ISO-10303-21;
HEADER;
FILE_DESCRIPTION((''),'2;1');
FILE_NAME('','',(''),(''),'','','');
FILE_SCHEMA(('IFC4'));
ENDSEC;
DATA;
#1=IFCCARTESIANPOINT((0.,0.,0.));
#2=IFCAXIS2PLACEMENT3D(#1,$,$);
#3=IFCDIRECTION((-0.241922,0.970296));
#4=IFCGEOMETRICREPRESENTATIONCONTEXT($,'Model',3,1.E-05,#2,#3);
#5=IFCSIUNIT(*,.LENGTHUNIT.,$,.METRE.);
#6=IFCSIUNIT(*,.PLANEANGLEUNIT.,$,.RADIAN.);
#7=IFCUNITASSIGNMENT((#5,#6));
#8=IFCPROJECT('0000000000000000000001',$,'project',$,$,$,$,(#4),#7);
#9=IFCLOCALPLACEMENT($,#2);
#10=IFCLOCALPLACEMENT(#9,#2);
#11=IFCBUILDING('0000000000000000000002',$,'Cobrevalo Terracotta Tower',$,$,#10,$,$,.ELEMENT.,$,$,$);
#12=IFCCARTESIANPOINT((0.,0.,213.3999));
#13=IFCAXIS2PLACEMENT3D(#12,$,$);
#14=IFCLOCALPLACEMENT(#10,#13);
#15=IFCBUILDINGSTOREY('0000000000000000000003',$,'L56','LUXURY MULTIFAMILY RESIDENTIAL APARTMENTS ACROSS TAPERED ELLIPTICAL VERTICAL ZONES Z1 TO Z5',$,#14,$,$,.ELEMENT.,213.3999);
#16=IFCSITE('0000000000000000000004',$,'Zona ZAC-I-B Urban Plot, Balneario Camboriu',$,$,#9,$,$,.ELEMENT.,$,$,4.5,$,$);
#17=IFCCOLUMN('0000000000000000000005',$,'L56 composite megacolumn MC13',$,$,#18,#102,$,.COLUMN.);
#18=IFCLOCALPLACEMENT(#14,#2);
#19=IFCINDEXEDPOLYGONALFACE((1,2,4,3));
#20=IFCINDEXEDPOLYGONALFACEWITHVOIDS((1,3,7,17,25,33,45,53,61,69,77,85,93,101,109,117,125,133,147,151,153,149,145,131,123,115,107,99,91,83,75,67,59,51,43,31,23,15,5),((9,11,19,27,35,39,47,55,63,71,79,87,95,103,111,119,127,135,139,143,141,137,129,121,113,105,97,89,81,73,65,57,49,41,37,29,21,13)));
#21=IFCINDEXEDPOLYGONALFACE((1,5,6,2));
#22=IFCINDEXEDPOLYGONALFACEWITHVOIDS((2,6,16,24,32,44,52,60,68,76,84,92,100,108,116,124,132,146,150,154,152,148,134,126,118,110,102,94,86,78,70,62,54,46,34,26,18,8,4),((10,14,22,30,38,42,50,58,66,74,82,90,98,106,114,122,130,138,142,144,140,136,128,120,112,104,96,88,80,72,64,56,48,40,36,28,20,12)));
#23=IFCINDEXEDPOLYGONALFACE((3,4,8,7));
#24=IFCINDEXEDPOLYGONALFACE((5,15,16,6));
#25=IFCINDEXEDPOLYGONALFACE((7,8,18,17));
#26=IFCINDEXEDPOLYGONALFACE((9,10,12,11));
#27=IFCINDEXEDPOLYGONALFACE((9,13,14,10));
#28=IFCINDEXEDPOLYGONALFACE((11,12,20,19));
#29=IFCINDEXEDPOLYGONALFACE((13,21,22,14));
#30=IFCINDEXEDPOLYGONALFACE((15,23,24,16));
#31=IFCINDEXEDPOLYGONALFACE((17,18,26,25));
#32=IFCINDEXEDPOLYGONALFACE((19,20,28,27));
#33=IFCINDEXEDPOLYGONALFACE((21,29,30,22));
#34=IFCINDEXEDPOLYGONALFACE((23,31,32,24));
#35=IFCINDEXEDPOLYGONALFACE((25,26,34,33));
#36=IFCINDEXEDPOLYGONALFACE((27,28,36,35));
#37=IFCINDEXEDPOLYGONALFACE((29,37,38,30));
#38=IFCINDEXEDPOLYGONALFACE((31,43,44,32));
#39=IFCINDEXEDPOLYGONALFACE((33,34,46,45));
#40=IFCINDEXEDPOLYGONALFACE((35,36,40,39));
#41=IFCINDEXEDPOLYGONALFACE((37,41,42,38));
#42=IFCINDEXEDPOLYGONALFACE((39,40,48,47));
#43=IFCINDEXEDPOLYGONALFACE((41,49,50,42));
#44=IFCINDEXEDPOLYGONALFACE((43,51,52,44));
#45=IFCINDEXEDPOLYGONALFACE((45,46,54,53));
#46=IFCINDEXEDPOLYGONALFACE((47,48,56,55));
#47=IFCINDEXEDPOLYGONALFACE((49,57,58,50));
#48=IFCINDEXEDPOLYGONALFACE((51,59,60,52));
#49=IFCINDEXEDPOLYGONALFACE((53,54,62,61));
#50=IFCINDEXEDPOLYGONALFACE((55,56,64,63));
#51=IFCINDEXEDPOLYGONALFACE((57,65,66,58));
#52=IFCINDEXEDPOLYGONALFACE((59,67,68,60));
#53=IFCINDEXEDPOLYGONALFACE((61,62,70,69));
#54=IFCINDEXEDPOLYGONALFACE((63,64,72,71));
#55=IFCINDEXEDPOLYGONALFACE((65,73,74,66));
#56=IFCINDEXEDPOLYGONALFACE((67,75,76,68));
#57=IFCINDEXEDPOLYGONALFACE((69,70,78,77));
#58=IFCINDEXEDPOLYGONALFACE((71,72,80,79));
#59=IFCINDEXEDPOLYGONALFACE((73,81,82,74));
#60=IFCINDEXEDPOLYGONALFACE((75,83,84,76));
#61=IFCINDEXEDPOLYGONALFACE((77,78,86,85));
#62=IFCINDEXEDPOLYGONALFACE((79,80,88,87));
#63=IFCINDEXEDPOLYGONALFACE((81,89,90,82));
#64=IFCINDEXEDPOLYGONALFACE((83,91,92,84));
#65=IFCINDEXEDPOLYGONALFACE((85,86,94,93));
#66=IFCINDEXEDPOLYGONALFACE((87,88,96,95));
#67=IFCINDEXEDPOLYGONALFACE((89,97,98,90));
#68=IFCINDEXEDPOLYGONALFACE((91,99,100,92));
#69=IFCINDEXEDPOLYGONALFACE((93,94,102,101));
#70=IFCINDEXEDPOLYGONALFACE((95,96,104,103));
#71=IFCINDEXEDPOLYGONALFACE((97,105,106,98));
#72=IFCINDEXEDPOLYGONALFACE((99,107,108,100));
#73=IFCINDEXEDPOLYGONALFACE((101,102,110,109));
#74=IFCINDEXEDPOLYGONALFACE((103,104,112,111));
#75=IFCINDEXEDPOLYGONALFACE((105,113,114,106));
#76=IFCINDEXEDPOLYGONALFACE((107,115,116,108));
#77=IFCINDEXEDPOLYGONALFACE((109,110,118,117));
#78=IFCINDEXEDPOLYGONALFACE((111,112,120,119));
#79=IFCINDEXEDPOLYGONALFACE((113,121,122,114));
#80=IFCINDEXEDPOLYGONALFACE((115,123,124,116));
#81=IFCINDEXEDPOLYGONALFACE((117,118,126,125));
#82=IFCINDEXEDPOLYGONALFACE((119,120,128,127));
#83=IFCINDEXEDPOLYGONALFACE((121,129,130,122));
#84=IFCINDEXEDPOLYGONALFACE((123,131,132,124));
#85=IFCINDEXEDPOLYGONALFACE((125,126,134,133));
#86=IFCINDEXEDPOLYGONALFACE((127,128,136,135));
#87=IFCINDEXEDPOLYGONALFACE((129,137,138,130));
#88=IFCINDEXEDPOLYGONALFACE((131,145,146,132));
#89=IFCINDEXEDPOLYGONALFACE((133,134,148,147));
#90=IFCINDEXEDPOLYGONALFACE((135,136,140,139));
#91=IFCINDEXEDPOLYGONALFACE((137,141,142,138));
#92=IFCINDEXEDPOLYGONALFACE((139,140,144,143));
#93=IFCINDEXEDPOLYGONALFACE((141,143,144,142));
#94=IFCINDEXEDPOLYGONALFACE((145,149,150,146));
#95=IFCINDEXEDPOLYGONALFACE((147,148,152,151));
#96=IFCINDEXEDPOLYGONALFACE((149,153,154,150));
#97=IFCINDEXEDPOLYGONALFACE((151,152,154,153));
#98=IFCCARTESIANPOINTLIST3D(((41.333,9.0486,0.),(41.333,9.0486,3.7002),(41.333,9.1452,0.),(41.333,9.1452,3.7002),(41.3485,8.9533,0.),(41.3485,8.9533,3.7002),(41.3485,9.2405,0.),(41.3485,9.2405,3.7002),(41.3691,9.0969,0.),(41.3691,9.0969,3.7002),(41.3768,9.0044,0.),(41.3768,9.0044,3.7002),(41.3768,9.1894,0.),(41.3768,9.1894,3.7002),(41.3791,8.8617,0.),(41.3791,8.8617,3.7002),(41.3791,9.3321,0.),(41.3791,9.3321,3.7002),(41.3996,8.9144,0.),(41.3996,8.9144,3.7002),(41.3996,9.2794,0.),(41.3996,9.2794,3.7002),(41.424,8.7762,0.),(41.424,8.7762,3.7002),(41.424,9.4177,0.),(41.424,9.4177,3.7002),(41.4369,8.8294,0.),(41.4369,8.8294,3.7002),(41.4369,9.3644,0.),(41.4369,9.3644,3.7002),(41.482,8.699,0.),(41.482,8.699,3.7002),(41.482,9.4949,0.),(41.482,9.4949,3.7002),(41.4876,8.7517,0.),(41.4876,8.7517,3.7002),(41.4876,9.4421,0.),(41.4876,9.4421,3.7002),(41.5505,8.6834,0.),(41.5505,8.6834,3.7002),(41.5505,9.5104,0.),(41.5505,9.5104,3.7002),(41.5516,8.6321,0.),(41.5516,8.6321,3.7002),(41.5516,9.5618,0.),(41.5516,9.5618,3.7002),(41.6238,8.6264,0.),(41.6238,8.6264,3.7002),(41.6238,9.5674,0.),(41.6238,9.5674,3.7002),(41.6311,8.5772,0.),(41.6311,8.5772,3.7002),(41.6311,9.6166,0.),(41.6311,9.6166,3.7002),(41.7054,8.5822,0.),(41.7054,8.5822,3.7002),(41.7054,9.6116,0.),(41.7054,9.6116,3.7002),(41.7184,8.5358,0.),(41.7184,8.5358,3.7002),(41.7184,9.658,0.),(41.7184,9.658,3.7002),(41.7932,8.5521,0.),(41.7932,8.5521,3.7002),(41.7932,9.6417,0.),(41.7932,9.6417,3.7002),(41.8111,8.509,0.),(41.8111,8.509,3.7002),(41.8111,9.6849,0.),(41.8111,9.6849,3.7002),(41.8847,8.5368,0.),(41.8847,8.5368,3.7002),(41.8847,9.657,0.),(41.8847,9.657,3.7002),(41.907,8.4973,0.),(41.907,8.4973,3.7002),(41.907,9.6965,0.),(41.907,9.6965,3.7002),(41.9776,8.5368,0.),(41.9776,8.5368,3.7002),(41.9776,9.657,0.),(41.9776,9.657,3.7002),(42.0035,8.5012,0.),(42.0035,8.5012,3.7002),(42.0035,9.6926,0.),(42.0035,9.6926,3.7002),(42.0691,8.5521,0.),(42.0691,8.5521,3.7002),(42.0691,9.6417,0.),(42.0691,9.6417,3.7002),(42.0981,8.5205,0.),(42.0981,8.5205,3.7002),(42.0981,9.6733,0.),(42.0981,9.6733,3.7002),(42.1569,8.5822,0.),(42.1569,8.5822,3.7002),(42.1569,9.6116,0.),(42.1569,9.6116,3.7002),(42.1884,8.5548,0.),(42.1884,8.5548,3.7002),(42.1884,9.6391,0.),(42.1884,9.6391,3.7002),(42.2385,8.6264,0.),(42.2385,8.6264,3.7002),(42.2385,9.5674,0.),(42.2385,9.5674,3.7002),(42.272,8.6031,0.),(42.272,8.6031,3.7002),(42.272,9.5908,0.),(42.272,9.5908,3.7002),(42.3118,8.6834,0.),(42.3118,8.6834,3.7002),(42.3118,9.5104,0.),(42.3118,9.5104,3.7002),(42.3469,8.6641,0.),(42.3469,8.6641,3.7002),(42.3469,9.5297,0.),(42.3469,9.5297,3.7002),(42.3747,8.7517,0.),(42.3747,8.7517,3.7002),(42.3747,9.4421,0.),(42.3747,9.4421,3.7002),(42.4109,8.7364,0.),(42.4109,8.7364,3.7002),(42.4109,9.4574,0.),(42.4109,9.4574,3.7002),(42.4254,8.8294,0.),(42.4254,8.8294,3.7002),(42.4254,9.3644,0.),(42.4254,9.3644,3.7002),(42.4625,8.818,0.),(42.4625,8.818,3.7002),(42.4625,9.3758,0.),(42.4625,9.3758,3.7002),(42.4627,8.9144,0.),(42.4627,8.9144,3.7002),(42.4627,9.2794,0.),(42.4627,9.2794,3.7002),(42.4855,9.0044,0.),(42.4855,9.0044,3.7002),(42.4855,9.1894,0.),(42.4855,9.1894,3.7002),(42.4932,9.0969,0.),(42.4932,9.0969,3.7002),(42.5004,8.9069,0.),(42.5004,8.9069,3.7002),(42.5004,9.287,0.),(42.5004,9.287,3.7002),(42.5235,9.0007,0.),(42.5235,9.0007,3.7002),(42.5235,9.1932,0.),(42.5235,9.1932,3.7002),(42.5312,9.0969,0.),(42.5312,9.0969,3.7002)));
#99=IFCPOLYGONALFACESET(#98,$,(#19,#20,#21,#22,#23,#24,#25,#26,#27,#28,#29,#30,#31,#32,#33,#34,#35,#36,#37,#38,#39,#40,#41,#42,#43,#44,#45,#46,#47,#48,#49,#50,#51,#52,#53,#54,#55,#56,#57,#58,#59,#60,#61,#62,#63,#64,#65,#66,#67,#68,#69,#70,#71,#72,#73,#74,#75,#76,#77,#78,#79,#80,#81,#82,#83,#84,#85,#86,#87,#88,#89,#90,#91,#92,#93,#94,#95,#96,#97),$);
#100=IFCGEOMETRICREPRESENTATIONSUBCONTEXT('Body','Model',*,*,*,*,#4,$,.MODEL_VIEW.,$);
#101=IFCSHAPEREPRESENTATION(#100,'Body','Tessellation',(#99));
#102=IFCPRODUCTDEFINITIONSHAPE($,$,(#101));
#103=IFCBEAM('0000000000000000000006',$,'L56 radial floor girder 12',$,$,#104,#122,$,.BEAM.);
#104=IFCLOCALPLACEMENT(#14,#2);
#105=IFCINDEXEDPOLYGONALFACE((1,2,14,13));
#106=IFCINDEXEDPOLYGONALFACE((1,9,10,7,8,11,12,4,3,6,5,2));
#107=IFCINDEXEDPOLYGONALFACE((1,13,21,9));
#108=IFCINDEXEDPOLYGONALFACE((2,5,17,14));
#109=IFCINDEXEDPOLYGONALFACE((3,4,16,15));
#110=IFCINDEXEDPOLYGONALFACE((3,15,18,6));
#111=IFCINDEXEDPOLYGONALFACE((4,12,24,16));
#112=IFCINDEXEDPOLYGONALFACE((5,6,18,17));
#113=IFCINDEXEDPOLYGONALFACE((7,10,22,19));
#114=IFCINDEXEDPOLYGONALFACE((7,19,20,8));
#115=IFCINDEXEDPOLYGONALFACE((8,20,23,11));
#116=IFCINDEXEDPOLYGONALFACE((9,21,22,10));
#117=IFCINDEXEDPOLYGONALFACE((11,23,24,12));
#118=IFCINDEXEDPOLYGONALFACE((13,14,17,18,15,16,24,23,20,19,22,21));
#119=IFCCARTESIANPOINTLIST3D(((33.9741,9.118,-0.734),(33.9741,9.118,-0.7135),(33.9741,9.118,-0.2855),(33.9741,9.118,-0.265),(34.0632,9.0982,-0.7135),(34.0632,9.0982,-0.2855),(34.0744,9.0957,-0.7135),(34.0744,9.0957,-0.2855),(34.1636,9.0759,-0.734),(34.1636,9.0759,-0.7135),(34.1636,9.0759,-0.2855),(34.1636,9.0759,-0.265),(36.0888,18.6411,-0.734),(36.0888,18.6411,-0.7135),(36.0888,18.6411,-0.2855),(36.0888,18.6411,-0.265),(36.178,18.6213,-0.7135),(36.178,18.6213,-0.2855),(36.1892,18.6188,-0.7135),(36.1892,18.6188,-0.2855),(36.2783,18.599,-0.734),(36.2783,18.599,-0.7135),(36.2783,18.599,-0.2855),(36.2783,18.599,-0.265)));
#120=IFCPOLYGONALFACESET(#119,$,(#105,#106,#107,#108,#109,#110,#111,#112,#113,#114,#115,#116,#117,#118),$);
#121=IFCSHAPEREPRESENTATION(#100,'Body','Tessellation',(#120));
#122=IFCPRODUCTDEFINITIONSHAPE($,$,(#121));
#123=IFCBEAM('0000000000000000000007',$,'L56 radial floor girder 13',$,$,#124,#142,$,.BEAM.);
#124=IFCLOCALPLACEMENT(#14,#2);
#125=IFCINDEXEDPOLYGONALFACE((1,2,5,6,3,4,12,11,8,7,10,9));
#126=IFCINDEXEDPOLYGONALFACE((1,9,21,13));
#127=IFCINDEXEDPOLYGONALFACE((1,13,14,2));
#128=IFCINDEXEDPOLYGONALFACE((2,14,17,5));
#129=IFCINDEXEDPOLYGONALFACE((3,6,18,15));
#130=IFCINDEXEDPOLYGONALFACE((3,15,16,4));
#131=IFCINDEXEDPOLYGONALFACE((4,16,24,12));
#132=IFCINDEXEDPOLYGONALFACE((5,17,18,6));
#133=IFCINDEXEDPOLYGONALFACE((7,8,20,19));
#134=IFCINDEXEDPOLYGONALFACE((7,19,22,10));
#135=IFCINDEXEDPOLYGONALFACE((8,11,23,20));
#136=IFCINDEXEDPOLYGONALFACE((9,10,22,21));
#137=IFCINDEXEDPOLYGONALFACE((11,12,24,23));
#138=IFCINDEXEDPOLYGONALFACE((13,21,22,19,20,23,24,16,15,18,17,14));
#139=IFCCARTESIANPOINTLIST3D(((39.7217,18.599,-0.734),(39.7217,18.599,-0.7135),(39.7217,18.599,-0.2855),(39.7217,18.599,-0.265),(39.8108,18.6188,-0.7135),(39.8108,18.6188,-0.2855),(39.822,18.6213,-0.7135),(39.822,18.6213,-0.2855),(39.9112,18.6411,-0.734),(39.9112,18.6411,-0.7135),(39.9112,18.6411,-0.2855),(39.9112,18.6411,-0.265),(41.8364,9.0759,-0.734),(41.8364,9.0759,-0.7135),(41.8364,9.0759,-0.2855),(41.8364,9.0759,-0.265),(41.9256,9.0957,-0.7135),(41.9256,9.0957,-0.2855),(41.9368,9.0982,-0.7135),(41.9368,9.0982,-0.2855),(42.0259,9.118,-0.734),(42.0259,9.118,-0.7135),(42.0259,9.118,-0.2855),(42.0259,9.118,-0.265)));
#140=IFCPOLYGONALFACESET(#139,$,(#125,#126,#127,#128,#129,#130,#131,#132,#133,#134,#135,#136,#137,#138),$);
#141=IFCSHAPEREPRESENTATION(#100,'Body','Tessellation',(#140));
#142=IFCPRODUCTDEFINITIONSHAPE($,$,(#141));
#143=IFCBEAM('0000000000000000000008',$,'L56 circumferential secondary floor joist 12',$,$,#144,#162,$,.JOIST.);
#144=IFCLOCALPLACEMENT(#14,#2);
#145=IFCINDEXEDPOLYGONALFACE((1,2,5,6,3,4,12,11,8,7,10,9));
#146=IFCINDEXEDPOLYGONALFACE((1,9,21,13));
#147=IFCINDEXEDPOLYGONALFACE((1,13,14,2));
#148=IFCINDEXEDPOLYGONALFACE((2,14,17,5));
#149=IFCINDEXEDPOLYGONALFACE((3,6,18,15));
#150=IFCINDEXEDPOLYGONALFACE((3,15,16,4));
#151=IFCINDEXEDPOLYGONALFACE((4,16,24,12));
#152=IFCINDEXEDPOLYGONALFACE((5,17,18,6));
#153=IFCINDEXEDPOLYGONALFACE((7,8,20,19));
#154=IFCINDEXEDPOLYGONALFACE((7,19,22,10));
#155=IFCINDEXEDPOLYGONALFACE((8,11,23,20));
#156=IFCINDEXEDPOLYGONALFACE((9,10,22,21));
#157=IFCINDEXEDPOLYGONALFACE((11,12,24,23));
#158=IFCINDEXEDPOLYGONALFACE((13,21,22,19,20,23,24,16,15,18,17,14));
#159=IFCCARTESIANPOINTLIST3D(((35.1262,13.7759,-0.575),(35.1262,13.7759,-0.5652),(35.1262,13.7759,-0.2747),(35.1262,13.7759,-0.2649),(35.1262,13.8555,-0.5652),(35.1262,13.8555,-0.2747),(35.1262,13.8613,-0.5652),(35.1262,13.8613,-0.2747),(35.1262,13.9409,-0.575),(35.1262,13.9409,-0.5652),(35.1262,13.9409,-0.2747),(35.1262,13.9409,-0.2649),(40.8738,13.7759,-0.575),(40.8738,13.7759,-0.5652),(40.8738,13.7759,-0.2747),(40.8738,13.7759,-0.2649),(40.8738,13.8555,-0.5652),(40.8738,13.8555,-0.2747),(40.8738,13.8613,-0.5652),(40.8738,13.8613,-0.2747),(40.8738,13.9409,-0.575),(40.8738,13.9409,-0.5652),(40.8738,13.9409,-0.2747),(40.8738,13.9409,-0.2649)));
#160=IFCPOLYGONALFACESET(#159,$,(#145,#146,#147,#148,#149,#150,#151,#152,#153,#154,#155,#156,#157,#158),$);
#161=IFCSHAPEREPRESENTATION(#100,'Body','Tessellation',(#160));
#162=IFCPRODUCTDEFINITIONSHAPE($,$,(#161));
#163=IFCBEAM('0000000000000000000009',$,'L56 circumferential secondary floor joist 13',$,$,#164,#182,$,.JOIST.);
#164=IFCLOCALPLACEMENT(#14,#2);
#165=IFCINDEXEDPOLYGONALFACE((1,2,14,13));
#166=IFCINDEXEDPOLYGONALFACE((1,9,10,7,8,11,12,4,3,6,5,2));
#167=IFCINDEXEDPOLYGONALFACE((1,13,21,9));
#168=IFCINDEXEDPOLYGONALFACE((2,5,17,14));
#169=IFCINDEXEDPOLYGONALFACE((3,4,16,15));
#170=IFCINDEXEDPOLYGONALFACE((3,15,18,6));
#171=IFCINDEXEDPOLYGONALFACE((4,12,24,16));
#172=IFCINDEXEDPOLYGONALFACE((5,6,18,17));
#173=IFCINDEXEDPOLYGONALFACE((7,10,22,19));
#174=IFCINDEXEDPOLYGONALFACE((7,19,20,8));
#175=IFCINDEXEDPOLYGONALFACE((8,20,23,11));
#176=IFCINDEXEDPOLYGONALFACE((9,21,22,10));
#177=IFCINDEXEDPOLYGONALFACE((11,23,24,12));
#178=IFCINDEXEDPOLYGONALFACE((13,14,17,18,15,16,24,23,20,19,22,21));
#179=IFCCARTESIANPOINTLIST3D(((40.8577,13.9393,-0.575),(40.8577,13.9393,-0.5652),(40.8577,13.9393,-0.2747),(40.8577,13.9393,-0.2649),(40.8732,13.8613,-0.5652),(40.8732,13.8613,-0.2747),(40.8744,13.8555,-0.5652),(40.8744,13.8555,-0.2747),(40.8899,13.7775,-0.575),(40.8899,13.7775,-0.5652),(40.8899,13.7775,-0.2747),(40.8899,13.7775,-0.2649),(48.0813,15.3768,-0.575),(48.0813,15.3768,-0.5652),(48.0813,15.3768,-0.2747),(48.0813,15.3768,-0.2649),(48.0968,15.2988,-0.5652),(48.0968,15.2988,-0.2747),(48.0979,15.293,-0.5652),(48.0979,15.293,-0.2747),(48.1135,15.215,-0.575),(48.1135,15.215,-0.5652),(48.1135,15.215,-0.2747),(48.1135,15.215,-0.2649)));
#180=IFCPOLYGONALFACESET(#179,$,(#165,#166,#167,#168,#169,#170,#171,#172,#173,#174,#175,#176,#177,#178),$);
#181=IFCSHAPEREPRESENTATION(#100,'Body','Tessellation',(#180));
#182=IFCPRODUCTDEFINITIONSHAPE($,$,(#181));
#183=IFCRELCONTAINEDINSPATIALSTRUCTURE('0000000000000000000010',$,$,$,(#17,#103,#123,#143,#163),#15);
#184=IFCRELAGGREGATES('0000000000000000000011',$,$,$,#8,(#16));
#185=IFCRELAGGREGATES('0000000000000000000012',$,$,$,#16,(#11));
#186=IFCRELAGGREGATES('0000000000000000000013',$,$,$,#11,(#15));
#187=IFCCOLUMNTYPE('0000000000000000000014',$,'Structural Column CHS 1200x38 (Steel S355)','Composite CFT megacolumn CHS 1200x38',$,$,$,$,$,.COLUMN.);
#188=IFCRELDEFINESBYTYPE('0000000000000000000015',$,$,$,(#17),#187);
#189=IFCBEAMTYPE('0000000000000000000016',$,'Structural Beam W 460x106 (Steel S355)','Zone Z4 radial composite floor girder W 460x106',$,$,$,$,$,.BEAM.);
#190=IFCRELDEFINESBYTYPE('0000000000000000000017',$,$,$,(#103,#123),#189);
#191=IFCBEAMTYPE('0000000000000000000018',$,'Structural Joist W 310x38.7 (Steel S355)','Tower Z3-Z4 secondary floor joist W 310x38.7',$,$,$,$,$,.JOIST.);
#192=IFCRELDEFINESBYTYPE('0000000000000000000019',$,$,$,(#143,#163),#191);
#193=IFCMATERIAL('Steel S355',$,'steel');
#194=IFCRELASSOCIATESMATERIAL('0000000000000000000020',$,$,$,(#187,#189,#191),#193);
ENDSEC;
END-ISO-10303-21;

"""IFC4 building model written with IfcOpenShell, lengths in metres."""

from ifc_helpers import new_model, si_unit, direction, frame, origin, origin_2d, place, context, subcontext, project, spatial, hollow_circle, i_section, extrude, material, material_profile, profile_set, type_object, element, save


model = new_model("IFC4")

# Units and contexts
model_context = context("Model", 3, precision=1e-05, world=origin(), true_north=direction((-0.241922, 0.970296)))
body_context = subcontext(model_context, "Body", "Model", "MODEL_VIEW")
ifc_project = project(units=[si_unit("LENGTHUNIT", "METRE"), si_unit("PLANEANGLEUNIT", "RADIAN")], contexts=[model_context])

# Site, building, storey
site_placement = place(None, origin())
site = spatial("IfcSite", under=ifc_project, at=site_placement, Name="Zona ZAC-I-B Urban Plot, Balneario Camboriu", CompositionType="ELEMENT", RefElevation=4.5)
building_placement = place(site_placement, origin())
building = spatial("IfcBuilding", under=site, at=building_placement, Name="Cobrevalo Terracotta Tower", CompositionType="ELEMENT")
storey_placement = place(building_placement, frame((0.0, 0.0, 213.3999)))
storey = spatial("IfcBuildingStorey", under=building, at=storey_placement, Name="L56", Description="LUXURY MULTIFAMILY RESIDENTIAL APARTMENTS ACROSS TAPERED ELLIPTICAL VERTICAL ZONES Z1 TO Z5", CompositionType="ELEMENT", Elevation=213.3999)

# Column
ifc_material_1 = material(Name="Steel S355", Category="steel")
ifc_material_profile_1 = material_profile(ifc_material_1, hollow_circle(Radius=0.6001, WallThickness=0.0381, at=origin_2d()), Name="CHS 1200x38")
ifc_profile_set_1 = profile_set([ifc_material_profile_1], Name="Steel S355")
column_type = type_object("IfcColumnType", Name="Structural Column CHS 1200x38 (Steel S355)", Description="Composite CFT megacolumn CHS 1200x38", PredefinedType="COLUMN", material=ifc_profile_set_1)
column_placement = place(storey_placement, frame((41.9312, 9.0969, 0.0), z_axis=(0.0, 0.0, 1.0), x_axis=(1.0, 0.0, 0.0)))
element("IfcColumn", 1, at=column_placement, inside=storey, type_object=column_type, Name="L56 composite megacolumn MC13", PredefinedType="COLUMN", context=body_context, shape_type="SweptSolid", body=[
    extrude(hollow_circle(Radius=0.6001, WallThickness=0.0381, at=origin_2d()), origin(), (0.0, 0.0, 1.0), 3.7002),
])

# Beams
ifc_material_profile_2 = material_profile(ifc_material_1, i_section(OverallWidth=0.1941, OverallDepth=0.469, WebThickness=0.0115, FlangeThickness=0.0205, at=origin_2d()), Name="W 460x106")
ifc_profile_set_2 = profile_set([ifc_material_profile_2], Name="Steel S355")
beam_type_1 = type_object("IfcBeamType", Name="Structural Beam W 460x106 (Steel S355)", Description="Zone Z4 radial composite floor girder W 460x106", PredefinedType="BEAM", material=ifc_profile_set_2)
for number, where, z_axis, x_axis, name in (
    (2, (34.0688, 9.0969, -0.4995), (0.216782, 0.97622, 0.0), (-0.97622, 0.216782, 0.0), "L56 radial floor girder 12"),
    (3, (41.9312, 9.0969, -0.4995), (-0.216782, 0.97622, 0.0), (-0.97622, -0.216782, 0.0), "L56 radial floor girder 13"),
):
    element("IfcBeam", number, at=place(storey_placement, frame(where, z_axis=z_axis, x_axis=x_axis)), inside=storey, type_object=beam_type_1, Name=name, PredefinedType="BEAM", context=body_context, shape_type="SweptSolid", body=[
        extrude(i_section(OverallWidth=0.1941, OverallDepth=0.469, WebThickness=0.0115, FlangeThickness=0.0205, at=origin_2d()), origin(), (0.0, 0.0, 1.0), 9.7551),
    ])
ifc_material_profile_3 = material_profile(ifc_material_1, i_section(OverallWidth=0.165, OverallDepth=0.3101, WebThickness=0.0059, FlangeThickness=0.0098, at=origin_2d()), Name="W 310x38.7")
ifc_profile_set_3 = profile_set([ifc_material_profile_3], Name="Steel S355")
beam_type_2 = type_object("IfcBeamType", Name="Structural Joist W 310x38.7 (Steel S355)", Description="Tower Z3-Z4 secondary floor joist W 310x38.7", PredefinedType="JOIST", material=ifc_profile_set_3)
beam_1_placement = place(storey_placement, frame((35.1262, 13.8584, -0.4199), z_axis=(1.0, 0.0, 0.0), x_axis=(0.0, 1.0, 0.0)))
element("IfcBeam", 4, at=beam_1_placement, inside=storey, type_object=beam_type_2, Name="L56 circumferential secondary floor joist 12", PredefinedType="JOIST", context=body_context, shape_type="SweptSolid", body=[
    extrude(i_section(OverallWidth=0.165, OverallDepth=0.3101, WebThickness=0.0059, FlangeThickness=0.0098, at=origin_2d()), origin(), (0.0, 0.0, 1.0), 5.7476),
])
beam_2_placement = place(storey_placement, frame((40.8738, 13.8584, -0.4199), z_axis=(0.980769, 0.195173, 0.0), x_axis=(-0.195173, 0.980769, 0.0)))
element("IfcBeam", 5, at=beam_2_placement, inside=storey, type_object=beam_type_2, Name="L56 circumferential secondary floor joist 13", PredefinedType="JOIST", context=body_context, shape_type="SweptSolid", body=[
    extrude(i_section(OverallWidth=0.165, OverallDepth=0.3101, WebThickness=0.0059, FlangeThickness=0.0098, at=origin_2d()), origin(), (0.0, 0.0, 1.0), 7.3652),
])

save(model, "model.ifc")
